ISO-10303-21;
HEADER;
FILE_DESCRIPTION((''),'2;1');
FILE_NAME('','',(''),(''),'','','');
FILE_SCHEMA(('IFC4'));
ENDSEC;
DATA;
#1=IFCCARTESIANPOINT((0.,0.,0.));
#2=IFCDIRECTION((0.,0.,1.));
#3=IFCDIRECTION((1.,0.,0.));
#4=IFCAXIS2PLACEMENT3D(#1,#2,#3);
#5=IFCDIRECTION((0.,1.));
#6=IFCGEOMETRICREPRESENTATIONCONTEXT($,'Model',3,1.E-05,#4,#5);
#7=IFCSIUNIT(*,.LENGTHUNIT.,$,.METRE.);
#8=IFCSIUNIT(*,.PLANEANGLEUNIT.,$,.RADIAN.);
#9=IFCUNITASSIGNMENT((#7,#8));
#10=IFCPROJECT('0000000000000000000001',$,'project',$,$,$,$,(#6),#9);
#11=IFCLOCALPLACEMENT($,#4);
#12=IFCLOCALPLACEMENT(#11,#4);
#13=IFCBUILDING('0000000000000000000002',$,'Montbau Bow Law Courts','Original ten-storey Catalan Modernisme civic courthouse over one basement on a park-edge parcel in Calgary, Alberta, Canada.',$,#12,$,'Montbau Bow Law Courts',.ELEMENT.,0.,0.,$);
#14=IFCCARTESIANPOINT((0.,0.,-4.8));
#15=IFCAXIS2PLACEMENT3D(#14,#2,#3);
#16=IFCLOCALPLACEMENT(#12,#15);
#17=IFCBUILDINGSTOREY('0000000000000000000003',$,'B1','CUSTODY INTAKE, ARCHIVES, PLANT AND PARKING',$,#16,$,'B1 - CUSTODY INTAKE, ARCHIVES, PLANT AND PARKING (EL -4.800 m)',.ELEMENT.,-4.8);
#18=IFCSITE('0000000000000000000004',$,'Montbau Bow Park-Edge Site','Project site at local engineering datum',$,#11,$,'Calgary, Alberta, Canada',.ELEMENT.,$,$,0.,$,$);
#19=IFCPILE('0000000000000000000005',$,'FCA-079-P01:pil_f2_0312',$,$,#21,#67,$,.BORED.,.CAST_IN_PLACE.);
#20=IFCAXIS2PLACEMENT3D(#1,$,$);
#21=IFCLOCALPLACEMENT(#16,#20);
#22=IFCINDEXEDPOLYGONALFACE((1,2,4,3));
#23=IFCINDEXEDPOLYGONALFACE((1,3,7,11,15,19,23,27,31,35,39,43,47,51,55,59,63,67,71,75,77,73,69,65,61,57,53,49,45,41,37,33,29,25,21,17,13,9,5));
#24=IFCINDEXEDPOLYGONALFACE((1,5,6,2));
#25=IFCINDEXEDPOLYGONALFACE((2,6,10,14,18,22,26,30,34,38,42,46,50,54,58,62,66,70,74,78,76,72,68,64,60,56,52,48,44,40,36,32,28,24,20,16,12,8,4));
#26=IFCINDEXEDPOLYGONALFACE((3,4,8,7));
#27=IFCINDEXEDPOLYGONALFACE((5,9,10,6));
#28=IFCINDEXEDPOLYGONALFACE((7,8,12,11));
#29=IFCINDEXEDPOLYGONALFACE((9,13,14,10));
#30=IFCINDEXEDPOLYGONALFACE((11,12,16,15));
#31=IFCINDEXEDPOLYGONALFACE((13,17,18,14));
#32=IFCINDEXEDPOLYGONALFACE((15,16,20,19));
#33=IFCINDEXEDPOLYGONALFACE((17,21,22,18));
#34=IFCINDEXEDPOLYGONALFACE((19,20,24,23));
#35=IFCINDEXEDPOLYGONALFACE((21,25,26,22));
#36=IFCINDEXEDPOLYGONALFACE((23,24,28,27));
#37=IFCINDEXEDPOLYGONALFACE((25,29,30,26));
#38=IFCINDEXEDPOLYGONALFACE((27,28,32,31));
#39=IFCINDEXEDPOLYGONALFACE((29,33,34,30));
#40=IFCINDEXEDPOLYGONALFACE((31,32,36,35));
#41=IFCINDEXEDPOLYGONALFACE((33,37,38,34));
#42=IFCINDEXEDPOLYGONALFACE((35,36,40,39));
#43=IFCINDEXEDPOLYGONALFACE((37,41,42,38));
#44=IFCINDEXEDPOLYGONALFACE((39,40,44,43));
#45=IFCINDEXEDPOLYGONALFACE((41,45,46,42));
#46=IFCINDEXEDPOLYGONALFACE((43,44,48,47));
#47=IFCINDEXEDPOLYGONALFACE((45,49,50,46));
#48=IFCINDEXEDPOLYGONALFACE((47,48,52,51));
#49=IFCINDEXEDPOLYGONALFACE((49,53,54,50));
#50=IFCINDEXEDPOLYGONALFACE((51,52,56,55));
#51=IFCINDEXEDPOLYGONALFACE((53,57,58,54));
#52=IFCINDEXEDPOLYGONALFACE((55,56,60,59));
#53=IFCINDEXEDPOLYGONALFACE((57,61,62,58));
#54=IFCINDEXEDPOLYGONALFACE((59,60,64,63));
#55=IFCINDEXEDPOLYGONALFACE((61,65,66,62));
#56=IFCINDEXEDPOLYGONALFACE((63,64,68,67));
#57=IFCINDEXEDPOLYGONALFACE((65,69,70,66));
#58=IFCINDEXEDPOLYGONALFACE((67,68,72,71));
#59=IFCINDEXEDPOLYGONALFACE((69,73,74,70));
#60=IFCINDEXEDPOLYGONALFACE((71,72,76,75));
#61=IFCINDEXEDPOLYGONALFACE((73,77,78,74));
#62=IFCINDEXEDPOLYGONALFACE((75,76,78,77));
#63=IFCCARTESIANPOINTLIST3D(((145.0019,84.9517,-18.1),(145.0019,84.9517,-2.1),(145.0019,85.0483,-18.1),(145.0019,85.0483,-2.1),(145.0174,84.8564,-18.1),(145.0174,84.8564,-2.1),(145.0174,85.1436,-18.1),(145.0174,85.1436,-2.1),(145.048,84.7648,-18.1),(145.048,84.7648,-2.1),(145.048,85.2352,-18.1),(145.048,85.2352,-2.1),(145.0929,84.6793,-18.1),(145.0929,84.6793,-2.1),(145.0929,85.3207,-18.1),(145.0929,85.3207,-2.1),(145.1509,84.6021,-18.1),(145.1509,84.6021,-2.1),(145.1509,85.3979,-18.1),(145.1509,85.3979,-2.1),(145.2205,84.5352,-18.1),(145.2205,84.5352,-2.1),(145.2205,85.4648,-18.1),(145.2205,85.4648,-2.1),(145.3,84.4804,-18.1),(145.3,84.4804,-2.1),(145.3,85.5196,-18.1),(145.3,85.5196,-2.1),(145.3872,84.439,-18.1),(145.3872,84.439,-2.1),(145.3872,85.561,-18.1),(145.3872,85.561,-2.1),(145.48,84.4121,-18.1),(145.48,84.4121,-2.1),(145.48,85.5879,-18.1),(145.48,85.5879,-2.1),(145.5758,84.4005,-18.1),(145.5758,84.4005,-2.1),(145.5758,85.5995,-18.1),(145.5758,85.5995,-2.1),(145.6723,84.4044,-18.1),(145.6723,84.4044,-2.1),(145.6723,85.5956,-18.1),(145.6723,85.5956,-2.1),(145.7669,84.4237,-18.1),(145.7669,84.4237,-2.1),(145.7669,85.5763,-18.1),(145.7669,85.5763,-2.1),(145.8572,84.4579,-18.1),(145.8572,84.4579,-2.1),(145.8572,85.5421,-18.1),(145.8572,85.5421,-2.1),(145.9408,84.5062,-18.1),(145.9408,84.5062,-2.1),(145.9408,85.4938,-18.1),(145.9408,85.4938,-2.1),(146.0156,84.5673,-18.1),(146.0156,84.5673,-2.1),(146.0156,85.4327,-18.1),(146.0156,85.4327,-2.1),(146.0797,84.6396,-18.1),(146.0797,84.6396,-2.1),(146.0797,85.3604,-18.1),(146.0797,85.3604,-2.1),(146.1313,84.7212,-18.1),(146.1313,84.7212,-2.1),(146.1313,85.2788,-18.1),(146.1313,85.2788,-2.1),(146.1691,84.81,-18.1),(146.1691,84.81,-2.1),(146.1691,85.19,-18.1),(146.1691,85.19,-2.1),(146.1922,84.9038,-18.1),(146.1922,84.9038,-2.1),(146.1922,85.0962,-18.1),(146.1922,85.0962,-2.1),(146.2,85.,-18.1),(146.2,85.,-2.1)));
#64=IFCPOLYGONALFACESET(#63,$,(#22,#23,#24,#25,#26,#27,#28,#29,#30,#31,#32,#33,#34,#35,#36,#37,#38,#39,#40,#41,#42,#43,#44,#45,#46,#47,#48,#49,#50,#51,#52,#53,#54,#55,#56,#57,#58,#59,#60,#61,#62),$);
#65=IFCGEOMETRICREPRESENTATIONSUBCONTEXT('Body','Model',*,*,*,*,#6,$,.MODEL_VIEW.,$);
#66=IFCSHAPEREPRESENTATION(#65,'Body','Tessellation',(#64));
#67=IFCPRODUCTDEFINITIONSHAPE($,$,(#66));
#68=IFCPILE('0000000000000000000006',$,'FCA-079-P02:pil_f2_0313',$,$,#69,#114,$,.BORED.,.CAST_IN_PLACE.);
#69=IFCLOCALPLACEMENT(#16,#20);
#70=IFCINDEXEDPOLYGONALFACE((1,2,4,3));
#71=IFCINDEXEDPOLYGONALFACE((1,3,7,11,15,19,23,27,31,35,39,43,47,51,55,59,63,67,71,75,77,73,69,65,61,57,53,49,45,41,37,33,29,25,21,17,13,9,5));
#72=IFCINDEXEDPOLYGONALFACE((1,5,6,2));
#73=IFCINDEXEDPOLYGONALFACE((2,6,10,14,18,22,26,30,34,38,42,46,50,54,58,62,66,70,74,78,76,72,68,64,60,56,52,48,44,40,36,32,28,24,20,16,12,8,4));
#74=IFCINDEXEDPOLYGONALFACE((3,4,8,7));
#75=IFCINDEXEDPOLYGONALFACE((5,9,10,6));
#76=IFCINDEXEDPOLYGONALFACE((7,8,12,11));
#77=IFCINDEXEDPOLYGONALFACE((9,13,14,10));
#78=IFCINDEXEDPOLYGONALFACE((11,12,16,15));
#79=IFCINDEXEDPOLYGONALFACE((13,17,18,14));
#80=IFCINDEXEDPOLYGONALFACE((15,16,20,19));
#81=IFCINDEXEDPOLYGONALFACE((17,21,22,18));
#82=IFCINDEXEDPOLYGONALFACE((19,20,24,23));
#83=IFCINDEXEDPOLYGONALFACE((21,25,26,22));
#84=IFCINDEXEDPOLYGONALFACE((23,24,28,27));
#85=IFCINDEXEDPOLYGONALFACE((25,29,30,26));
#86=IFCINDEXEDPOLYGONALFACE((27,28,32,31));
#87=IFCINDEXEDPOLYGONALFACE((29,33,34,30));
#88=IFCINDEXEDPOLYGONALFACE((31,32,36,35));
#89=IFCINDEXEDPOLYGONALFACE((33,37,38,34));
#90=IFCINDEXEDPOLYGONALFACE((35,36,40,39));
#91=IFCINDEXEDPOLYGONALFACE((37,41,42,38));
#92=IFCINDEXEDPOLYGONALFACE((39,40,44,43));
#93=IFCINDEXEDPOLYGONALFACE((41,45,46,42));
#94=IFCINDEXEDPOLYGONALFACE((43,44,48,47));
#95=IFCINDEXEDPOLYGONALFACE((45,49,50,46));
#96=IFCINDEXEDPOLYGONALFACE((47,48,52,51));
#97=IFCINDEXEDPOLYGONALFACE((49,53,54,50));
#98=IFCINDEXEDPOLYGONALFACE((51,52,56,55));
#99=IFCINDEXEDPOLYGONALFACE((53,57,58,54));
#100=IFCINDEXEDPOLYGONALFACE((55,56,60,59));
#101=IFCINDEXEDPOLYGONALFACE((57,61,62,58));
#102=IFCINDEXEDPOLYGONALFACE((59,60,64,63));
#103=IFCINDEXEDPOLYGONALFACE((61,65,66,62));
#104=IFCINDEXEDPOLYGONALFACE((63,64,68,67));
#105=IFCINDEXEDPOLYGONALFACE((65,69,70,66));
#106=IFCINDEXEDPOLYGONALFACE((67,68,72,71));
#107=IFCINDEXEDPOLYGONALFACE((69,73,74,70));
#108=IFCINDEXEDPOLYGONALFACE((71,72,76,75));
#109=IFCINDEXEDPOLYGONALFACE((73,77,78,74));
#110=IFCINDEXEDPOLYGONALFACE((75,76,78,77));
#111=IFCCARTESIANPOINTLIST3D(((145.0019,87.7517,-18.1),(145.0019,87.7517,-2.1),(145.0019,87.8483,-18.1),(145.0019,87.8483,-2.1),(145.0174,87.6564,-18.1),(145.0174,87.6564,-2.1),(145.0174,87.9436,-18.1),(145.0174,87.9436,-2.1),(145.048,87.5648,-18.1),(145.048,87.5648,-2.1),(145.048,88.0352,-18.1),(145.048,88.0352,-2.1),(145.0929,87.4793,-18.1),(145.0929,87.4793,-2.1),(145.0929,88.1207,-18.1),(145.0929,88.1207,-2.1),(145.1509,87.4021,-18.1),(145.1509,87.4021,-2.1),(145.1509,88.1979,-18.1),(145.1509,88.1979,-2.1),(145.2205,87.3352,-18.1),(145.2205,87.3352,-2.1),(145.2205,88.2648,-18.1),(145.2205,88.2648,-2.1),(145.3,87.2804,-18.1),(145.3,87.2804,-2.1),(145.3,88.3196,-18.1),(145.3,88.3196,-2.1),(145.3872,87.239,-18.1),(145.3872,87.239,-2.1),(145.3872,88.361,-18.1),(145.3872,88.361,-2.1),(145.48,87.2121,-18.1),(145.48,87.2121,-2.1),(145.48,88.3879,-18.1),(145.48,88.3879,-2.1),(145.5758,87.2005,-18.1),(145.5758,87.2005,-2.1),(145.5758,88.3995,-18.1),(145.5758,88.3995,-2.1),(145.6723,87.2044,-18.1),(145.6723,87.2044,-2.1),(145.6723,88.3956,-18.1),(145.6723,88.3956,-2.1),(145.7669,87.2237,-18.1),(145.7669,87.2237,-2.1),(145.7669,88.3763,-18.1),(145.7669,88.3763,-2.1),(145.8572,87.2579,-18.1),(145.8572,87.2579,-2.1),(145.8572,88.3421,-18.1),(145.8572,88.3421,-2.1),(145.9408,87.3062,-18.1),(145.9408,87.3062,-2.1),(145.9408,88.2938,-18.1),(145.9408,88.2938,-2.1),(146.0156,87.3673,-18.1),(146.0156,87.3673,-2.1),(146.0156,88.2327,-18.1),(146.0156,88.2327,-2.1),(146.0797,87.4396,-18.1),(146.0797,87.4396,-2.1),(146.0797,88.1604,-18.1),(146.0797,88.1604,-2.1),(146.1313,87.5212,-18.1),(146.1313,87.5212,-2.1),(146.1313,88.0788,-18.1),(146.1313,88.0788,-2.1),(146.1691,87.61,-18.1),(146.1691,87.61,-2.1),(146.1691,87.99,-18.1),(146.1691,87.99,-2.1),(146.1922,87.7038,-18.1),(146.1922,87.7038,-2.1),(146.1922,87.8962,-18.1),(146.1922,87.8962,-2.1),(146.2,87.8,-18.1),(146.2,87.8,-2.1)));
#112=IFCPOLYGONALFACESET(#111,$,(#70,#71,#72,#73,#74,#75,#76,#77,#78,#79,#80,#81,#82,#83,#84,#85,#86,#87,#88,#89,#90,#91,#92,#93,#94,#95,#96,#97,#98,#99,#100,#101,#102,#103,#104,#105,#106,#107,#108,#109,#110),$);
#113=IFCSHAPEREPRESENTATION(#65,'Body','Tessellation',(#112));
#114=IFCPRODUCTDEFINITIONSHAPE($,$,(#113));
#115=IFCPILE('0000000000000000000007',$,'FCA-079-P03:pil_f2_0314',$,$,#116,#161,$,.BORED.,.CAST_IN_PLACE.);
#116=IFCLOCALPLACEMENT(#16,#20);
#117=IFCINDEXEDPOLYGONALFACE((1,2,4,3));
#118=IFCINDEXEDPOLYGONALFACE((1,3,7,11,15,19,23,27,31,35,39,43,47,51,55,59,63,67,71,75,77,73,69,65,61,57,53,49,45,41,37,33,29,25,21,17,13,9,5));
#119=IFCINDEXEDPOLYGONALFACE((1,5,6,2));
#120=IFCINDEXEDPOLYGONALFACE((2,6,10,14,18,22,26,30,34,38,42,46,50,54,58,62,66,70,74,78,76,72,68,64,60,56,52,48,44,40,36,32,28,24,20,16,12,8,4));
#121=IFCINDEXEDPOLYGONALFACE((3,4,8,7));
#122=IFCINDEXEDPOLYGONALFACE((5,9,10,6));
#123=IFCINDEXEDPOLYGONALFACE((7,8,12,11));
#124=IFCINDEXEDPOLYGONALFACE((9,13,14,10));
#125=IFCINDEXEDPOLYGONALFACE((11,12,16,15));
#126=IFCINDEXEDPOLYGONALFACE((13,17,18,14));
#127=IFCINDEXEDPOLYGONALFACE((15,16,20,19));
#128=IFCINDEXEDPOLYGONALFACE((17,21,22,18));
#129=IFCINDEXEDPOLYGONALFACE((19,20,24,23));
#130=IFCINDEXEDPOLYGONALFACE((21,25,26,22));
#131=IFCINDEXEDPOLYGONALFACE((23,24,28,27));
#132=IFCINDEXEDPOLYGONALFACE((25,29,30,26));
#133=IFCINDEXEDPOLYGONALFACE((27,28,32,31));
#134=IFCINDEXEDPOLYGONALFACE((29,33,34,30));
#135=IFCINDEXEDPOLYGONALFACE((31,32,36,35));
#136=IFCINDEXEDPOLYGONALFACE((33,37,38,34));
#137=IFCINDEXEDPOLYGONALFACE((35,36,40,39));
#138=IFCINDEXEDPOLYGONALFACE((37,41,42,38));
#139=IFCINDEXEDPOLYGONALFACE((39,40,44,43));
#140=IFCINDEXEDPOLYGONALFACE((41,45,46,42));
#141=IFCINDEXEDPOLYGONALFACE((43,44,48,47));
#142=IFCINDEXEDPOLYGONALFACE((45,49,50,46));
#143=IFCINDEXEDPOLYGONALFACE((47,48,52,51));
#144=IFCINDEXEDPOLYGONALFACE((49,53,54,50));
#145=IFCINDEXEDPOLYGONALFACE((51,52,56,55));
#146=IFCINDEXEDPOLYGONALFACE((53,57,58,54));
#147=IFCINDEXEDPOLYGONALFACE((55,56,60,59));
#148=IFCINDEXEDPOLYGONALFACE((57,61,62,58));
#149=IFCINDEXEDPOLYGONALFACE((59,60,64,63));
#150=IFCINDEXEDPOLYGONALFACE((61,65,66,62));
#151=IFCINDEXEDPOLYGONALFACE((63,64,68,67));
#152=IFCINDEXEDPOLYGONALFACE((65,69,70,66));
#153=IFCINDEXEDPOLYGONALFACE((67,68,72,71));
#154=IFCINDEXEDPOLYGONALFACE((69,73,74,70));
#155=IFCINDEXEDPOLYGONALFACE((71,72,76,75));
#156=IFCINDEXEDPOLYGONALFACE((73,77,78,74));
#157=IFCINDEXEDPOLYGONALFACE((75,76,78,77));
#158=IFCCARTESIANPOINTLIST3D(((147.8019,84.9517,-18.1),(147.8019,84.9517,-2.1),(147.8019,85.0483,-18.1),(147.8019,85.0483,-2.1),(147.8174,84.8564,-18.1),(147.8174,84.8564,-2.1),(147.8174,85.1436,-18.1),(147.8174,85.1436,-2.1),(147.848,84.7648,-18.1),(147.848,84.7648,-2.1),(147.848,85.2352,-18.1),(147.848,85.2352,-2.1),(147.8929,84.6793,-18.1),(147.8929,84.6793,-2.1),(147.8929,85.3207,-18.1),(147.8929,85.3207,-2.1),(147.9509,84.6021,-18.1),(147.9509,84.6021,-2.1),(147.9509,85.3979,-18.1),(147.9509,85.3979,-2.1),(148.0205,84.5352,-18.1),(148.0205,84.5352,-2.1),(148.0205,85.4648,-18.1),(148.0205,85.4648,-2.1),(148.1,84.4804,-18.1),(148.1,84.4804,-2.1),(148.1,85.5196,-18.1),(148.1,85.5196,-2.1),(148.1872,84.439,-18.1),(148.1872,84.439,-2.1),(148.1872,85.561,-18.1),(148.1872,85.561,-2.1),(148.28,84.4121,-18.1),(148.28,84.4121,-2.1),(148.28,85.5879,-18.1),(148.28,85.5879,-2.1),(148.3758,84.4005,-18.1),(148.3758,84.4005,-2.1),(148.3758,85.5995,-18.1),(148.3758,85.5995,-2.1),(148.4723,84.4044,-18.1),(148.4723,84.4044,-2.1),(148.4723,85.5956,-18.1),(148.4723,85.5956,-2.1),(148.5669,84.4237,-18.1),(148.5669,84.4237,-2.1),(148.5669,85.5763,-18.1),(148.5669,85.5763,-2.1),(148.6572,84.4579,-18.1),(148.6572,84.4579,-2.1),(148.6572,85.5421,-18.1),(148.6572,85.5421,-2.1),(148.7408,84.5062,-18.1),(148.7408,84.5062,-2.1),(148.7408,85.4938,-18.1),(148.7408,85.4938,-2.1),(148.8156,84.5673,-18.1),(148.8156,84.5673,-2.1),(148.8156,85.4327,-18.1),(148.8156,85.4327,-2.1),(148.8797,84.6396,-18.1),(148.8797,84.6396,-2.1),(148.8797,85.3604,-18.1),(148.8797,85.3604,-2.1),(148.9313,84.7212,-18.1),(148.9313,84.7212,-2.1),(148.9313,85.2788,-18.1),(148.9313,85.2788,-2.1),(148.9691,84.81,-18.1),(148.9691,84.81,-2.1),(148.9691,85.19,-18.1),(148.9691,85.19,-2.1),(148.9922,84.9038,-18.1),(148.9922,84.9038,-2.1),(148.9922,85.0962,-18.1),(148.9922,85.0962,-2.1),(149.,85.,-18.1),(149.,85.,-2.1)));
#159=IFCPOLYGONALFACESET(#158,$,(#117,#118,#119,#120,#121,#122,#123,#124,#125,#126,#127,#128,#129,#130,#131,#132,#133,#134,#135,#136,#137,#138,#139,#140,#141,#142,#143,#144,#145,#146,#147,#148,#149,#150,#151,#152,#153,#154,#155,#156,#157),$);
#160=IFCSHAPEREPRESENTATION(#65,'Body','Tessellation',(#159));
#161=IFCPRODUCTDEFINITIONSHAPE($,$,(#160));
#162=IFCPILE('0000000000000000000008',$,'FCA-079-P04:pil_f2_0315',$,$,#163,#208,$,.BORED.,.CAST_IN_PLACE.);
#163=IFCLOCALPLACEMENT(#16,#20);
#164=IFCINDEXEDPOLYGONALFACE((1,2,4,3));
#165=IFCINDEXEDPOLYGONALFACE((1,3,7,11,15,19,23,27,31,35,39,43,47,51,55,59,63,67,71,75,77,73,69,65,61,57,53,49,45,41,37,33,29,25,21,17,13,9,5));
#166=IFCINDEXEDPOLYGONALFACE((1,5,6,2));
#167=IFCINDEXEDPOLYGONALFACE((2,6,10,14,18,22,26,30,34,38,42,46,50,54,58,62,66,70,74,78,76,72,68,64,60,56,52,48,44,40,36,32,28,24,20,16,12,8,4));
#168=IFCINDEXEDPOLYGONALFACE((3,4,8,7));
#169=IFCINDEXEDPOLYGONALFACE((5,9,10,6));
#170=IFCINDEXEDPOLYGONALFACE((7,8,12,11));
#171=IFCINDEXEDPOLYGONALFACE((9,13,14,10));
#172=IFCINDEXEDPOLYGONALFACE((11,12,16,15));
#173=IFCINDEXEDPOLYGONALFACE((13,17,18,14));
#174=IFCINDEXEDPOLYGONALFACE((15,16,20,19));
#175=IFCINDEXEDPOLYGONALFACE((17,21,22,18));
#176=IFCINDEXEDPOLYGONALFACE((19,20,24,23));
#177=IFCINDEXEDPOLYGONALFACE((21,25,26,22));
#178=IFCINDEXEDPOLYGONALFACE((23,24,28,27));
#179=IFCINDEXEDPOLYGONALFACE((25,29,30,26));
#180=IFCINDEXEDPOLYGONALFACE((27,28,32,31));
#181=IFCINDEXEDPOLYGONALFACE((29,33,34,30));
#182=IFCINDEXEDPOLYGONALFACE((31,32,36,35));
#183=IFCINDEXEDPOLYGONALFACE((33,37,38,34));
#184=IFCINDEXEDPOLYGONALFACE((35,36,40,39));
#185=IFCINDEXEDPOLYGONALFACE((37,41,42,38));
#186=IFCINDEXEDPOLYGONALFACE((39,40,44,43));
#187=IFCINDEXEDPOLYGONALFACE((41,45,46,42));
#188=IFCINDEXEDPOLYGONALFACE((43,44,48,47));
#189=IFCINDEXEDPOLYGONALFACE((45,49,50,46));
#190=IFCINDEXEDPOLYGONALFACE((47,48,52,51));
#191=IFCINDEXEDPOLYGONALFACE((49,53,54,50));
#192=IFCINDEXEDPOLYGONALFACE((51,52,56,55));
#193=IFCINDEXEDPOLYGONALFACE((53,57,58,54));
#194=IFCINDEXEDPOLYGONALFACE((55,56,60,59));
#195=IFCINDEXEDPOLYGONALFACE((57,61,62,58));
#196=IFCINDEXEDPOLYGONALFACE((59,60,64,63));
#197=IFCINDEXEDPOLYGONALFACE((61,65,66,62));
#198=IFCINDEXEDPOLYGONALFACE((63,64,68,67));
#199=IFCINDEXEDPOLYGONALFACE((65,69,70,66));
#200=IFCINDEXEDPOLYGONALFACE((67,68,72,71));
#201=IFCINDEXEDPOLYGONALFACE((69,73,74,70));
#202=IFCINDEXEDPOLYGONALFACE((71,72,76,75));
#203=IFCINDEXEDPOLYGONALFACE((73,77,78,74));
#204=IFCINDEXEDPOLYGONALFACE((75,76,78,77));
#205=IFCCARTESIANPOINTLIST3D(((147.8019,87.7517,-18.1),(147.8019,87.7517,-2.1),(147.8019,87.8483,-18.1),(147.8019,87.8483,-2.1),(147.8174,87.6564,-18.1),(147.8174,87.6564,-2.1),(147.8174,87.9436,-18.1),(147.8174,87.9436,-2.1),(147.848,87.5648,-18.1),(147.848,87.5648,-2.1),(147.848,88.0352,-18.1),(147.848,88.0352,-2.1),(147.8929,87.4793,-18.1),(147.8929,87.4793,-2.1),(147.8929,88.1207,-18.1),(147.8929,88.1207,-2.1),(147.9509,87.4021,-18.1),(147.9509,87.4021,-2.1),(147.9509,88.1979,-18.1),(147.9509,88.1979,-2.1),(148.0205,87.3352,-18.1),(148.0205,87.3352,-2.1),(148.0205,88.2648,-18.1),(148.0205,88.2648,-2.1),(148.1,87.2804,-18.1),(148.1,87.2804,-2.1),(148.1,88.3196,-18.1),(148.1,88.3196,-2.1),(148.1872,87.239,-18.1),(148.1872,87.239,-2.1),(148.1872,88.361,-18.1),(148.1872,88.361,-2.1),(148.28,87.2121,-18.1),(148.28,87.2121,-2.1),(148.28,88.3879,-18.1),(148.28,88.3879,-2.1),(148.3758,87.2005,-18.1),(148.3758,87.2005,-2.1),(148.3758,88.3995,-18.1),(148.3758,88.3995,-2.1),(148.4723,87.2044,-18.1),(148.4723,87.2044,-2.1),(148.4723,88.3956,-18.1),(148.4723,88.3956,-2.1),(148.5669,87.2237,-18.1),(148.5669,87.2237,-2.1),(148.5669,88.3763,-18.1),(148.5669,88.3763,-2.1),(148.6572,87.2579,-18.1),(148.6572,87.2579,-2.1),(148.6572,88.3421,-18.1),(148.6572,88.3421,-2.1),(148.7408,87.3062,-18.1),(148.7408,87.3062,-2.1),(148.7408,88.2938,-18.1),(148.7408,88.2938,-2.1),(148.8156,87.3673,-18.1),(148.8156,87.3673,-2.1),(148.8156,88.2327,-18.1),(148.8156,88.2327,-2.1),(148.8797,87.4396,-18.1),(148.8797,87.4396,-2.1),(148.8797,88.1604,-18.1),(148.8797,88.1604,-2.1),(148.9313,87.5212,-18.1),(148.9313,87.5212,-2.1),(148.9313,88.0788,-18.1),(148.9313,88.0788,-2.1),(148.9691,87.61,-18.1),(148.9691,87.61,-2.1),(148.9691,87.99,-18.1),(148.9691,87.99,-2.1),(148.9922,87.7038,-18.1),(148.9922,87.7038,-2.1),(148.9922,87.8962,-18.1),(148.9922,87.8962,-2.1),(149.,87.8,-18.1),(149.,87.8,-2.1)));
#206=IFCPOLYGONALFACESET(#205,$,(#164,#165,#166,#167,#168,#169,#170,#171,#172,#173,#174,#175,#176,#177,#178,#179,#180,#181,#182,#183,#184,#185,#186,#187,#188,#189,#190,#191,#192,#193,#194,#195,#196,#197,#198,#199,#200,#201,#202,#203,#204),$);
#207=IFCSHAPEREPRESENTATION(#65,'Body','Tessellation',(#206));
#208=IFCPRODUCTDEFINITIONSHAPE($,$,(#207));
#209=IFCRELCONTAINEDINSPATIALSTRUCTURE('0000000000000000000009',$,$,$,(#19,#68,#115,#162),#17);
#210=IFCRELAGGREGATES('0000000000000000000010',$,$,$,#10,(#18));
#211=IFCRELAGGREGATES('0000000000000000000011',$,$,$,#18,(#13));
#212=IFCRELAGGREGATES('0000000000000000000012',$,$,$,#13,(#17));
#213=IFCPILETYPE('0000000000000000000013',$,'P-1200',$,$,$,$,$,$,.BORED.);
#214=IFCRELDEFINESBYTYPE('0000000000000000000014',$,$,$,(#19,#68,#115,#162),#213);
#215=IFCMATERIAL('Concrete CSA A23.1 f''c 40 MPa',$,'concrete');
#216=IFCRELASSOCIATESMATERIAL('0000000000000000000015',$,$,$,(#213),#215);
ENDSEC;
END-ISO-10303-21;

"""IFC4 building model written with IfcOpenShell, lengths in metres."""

from ifc_helpers import new_model, si_unit, direction, frame, origin_with_axes, origin_2d_with_axis, place, context, subcontext, project, spatial, circle, extrude, material, material_profile, profile_set, type_object, element, save


model = new_model("IFC4")

# Units and contexts
model_context = context("Model", 3, precision=1e-05, world=origin_with_axes(), true_north=direction((0.0, 1.0)))
body_context = subcontext(model_context, "Body", "Model", "MODEL_VIEW")
ifc_project = project(units=[si_unit("LENGTHUNIT", "METRE"), si_unit("PLANEANGLEUNIT", "RADIAN")], contexts=[model_context])

# Site, building, storey
site_placement = place(None, origin_with_axes())
site = spatial("IfcSite", under=ifc_project, at=site_placement, Name="Montbau Bow Park-Edge Site", Description="Project site at local engineering datum", LongName="Calgary, Alberta, Canada", CompositionType="ELEMENT", RefElevation=0.0)
building_placement = place(site_placement, origin_with_axes())
building = spatial("IfcBuilding", under=site, at=building_placement, Name="Montbau Bow Law Courts", Description="Original ten-storey Catalan Modernisme civic courthouse over one basement on a park-edge parcel in Calgary, Alberta, Canada.", LongName="Montbau Bow Law Courts", CompositionType="ELEMENT", ElevationOfRefHeight=0.0, ElevationOfTerrain=0.0)
storey_placement = place(building_placement, frame((0.0, 0.0, -4.8), z_axis=(0.0, 0.0, 1.0), x_axis=(1.0, 0.0, 0.0)))
storey = spatial("IfcBuildingStorey", under=building, at=storey_placement, Name="B1", Description="CUSTODY INTAKE, ARCHIVES, PLANT AND PARKING", LongName="B1 - CUSTODY INTAKE, ARCHIVES, PLANT AND PARKING (EL -4.800 m)", CompositionType="ELEMENT", Elevation=-4.8)

# Piles
ifc_material_1 = material(Name="Concrete CSA A23.1 f'c 40 MPa", Category="concrete")
ifc_material_profile_1 = material_profile(ifc_material_1, circle(Radius=0.6, at=origin_2d_with_axis()), Name="BP1200", Category="Main", Priority=0)
ifc_profile_set_1 = profile_set([ifc_material_profile_1], Name="Concrete CSA A23.1 f'c 40 MPa")
pile_type_1 = type_object("IfcPileType", Name="P-1200", PredefinedType="BORED", material=ifc_profile_set_1)
for number, where, z_axis, x_axis, name in (
    (1, (145.6, 85.0, -22.9), (0.0, 0.0, 1.0), (1.0, 0.0, 0.0), "FCA-079-P01:pil_f2_0312"),
    (2, (145.6, 87.8, -22.9), (0.0, 0.0, 1.0), (1.0, 0.0, 0.0), "FCA-079-P02:pil_f2_0313"),
    (3, (148.4, 85.0, -22.9), (0.0, 0.0, 1.0), (1.0, 0.0, 0.0), "FCA-079-P03:pil_f2_0314"),
    (4, (148.4, 87.8, -22.9), (0.0, 0.0, 1.0), (1.0, 0.0, 0.0), "FCA-079-P04:pil_f2_0315"),
):
    element("IfcPile", number, at=place(None, frame(where, z_axis=z_axis, x_axis=x_axis)), inside=storey, type_object=pile_type_1, Name=name, ConstructionType="CAST_IN_PLACE", PredefinedType="BORED", context=body_context, shape_type="SweptSolid", body=[
        extrude(circle(Radius=0.6, at=origin_2d_with_axis()), origin_with_axes(), (0.0, 0.0, 1.0), 16.0),
    ])

save(model, "model.ifc")
